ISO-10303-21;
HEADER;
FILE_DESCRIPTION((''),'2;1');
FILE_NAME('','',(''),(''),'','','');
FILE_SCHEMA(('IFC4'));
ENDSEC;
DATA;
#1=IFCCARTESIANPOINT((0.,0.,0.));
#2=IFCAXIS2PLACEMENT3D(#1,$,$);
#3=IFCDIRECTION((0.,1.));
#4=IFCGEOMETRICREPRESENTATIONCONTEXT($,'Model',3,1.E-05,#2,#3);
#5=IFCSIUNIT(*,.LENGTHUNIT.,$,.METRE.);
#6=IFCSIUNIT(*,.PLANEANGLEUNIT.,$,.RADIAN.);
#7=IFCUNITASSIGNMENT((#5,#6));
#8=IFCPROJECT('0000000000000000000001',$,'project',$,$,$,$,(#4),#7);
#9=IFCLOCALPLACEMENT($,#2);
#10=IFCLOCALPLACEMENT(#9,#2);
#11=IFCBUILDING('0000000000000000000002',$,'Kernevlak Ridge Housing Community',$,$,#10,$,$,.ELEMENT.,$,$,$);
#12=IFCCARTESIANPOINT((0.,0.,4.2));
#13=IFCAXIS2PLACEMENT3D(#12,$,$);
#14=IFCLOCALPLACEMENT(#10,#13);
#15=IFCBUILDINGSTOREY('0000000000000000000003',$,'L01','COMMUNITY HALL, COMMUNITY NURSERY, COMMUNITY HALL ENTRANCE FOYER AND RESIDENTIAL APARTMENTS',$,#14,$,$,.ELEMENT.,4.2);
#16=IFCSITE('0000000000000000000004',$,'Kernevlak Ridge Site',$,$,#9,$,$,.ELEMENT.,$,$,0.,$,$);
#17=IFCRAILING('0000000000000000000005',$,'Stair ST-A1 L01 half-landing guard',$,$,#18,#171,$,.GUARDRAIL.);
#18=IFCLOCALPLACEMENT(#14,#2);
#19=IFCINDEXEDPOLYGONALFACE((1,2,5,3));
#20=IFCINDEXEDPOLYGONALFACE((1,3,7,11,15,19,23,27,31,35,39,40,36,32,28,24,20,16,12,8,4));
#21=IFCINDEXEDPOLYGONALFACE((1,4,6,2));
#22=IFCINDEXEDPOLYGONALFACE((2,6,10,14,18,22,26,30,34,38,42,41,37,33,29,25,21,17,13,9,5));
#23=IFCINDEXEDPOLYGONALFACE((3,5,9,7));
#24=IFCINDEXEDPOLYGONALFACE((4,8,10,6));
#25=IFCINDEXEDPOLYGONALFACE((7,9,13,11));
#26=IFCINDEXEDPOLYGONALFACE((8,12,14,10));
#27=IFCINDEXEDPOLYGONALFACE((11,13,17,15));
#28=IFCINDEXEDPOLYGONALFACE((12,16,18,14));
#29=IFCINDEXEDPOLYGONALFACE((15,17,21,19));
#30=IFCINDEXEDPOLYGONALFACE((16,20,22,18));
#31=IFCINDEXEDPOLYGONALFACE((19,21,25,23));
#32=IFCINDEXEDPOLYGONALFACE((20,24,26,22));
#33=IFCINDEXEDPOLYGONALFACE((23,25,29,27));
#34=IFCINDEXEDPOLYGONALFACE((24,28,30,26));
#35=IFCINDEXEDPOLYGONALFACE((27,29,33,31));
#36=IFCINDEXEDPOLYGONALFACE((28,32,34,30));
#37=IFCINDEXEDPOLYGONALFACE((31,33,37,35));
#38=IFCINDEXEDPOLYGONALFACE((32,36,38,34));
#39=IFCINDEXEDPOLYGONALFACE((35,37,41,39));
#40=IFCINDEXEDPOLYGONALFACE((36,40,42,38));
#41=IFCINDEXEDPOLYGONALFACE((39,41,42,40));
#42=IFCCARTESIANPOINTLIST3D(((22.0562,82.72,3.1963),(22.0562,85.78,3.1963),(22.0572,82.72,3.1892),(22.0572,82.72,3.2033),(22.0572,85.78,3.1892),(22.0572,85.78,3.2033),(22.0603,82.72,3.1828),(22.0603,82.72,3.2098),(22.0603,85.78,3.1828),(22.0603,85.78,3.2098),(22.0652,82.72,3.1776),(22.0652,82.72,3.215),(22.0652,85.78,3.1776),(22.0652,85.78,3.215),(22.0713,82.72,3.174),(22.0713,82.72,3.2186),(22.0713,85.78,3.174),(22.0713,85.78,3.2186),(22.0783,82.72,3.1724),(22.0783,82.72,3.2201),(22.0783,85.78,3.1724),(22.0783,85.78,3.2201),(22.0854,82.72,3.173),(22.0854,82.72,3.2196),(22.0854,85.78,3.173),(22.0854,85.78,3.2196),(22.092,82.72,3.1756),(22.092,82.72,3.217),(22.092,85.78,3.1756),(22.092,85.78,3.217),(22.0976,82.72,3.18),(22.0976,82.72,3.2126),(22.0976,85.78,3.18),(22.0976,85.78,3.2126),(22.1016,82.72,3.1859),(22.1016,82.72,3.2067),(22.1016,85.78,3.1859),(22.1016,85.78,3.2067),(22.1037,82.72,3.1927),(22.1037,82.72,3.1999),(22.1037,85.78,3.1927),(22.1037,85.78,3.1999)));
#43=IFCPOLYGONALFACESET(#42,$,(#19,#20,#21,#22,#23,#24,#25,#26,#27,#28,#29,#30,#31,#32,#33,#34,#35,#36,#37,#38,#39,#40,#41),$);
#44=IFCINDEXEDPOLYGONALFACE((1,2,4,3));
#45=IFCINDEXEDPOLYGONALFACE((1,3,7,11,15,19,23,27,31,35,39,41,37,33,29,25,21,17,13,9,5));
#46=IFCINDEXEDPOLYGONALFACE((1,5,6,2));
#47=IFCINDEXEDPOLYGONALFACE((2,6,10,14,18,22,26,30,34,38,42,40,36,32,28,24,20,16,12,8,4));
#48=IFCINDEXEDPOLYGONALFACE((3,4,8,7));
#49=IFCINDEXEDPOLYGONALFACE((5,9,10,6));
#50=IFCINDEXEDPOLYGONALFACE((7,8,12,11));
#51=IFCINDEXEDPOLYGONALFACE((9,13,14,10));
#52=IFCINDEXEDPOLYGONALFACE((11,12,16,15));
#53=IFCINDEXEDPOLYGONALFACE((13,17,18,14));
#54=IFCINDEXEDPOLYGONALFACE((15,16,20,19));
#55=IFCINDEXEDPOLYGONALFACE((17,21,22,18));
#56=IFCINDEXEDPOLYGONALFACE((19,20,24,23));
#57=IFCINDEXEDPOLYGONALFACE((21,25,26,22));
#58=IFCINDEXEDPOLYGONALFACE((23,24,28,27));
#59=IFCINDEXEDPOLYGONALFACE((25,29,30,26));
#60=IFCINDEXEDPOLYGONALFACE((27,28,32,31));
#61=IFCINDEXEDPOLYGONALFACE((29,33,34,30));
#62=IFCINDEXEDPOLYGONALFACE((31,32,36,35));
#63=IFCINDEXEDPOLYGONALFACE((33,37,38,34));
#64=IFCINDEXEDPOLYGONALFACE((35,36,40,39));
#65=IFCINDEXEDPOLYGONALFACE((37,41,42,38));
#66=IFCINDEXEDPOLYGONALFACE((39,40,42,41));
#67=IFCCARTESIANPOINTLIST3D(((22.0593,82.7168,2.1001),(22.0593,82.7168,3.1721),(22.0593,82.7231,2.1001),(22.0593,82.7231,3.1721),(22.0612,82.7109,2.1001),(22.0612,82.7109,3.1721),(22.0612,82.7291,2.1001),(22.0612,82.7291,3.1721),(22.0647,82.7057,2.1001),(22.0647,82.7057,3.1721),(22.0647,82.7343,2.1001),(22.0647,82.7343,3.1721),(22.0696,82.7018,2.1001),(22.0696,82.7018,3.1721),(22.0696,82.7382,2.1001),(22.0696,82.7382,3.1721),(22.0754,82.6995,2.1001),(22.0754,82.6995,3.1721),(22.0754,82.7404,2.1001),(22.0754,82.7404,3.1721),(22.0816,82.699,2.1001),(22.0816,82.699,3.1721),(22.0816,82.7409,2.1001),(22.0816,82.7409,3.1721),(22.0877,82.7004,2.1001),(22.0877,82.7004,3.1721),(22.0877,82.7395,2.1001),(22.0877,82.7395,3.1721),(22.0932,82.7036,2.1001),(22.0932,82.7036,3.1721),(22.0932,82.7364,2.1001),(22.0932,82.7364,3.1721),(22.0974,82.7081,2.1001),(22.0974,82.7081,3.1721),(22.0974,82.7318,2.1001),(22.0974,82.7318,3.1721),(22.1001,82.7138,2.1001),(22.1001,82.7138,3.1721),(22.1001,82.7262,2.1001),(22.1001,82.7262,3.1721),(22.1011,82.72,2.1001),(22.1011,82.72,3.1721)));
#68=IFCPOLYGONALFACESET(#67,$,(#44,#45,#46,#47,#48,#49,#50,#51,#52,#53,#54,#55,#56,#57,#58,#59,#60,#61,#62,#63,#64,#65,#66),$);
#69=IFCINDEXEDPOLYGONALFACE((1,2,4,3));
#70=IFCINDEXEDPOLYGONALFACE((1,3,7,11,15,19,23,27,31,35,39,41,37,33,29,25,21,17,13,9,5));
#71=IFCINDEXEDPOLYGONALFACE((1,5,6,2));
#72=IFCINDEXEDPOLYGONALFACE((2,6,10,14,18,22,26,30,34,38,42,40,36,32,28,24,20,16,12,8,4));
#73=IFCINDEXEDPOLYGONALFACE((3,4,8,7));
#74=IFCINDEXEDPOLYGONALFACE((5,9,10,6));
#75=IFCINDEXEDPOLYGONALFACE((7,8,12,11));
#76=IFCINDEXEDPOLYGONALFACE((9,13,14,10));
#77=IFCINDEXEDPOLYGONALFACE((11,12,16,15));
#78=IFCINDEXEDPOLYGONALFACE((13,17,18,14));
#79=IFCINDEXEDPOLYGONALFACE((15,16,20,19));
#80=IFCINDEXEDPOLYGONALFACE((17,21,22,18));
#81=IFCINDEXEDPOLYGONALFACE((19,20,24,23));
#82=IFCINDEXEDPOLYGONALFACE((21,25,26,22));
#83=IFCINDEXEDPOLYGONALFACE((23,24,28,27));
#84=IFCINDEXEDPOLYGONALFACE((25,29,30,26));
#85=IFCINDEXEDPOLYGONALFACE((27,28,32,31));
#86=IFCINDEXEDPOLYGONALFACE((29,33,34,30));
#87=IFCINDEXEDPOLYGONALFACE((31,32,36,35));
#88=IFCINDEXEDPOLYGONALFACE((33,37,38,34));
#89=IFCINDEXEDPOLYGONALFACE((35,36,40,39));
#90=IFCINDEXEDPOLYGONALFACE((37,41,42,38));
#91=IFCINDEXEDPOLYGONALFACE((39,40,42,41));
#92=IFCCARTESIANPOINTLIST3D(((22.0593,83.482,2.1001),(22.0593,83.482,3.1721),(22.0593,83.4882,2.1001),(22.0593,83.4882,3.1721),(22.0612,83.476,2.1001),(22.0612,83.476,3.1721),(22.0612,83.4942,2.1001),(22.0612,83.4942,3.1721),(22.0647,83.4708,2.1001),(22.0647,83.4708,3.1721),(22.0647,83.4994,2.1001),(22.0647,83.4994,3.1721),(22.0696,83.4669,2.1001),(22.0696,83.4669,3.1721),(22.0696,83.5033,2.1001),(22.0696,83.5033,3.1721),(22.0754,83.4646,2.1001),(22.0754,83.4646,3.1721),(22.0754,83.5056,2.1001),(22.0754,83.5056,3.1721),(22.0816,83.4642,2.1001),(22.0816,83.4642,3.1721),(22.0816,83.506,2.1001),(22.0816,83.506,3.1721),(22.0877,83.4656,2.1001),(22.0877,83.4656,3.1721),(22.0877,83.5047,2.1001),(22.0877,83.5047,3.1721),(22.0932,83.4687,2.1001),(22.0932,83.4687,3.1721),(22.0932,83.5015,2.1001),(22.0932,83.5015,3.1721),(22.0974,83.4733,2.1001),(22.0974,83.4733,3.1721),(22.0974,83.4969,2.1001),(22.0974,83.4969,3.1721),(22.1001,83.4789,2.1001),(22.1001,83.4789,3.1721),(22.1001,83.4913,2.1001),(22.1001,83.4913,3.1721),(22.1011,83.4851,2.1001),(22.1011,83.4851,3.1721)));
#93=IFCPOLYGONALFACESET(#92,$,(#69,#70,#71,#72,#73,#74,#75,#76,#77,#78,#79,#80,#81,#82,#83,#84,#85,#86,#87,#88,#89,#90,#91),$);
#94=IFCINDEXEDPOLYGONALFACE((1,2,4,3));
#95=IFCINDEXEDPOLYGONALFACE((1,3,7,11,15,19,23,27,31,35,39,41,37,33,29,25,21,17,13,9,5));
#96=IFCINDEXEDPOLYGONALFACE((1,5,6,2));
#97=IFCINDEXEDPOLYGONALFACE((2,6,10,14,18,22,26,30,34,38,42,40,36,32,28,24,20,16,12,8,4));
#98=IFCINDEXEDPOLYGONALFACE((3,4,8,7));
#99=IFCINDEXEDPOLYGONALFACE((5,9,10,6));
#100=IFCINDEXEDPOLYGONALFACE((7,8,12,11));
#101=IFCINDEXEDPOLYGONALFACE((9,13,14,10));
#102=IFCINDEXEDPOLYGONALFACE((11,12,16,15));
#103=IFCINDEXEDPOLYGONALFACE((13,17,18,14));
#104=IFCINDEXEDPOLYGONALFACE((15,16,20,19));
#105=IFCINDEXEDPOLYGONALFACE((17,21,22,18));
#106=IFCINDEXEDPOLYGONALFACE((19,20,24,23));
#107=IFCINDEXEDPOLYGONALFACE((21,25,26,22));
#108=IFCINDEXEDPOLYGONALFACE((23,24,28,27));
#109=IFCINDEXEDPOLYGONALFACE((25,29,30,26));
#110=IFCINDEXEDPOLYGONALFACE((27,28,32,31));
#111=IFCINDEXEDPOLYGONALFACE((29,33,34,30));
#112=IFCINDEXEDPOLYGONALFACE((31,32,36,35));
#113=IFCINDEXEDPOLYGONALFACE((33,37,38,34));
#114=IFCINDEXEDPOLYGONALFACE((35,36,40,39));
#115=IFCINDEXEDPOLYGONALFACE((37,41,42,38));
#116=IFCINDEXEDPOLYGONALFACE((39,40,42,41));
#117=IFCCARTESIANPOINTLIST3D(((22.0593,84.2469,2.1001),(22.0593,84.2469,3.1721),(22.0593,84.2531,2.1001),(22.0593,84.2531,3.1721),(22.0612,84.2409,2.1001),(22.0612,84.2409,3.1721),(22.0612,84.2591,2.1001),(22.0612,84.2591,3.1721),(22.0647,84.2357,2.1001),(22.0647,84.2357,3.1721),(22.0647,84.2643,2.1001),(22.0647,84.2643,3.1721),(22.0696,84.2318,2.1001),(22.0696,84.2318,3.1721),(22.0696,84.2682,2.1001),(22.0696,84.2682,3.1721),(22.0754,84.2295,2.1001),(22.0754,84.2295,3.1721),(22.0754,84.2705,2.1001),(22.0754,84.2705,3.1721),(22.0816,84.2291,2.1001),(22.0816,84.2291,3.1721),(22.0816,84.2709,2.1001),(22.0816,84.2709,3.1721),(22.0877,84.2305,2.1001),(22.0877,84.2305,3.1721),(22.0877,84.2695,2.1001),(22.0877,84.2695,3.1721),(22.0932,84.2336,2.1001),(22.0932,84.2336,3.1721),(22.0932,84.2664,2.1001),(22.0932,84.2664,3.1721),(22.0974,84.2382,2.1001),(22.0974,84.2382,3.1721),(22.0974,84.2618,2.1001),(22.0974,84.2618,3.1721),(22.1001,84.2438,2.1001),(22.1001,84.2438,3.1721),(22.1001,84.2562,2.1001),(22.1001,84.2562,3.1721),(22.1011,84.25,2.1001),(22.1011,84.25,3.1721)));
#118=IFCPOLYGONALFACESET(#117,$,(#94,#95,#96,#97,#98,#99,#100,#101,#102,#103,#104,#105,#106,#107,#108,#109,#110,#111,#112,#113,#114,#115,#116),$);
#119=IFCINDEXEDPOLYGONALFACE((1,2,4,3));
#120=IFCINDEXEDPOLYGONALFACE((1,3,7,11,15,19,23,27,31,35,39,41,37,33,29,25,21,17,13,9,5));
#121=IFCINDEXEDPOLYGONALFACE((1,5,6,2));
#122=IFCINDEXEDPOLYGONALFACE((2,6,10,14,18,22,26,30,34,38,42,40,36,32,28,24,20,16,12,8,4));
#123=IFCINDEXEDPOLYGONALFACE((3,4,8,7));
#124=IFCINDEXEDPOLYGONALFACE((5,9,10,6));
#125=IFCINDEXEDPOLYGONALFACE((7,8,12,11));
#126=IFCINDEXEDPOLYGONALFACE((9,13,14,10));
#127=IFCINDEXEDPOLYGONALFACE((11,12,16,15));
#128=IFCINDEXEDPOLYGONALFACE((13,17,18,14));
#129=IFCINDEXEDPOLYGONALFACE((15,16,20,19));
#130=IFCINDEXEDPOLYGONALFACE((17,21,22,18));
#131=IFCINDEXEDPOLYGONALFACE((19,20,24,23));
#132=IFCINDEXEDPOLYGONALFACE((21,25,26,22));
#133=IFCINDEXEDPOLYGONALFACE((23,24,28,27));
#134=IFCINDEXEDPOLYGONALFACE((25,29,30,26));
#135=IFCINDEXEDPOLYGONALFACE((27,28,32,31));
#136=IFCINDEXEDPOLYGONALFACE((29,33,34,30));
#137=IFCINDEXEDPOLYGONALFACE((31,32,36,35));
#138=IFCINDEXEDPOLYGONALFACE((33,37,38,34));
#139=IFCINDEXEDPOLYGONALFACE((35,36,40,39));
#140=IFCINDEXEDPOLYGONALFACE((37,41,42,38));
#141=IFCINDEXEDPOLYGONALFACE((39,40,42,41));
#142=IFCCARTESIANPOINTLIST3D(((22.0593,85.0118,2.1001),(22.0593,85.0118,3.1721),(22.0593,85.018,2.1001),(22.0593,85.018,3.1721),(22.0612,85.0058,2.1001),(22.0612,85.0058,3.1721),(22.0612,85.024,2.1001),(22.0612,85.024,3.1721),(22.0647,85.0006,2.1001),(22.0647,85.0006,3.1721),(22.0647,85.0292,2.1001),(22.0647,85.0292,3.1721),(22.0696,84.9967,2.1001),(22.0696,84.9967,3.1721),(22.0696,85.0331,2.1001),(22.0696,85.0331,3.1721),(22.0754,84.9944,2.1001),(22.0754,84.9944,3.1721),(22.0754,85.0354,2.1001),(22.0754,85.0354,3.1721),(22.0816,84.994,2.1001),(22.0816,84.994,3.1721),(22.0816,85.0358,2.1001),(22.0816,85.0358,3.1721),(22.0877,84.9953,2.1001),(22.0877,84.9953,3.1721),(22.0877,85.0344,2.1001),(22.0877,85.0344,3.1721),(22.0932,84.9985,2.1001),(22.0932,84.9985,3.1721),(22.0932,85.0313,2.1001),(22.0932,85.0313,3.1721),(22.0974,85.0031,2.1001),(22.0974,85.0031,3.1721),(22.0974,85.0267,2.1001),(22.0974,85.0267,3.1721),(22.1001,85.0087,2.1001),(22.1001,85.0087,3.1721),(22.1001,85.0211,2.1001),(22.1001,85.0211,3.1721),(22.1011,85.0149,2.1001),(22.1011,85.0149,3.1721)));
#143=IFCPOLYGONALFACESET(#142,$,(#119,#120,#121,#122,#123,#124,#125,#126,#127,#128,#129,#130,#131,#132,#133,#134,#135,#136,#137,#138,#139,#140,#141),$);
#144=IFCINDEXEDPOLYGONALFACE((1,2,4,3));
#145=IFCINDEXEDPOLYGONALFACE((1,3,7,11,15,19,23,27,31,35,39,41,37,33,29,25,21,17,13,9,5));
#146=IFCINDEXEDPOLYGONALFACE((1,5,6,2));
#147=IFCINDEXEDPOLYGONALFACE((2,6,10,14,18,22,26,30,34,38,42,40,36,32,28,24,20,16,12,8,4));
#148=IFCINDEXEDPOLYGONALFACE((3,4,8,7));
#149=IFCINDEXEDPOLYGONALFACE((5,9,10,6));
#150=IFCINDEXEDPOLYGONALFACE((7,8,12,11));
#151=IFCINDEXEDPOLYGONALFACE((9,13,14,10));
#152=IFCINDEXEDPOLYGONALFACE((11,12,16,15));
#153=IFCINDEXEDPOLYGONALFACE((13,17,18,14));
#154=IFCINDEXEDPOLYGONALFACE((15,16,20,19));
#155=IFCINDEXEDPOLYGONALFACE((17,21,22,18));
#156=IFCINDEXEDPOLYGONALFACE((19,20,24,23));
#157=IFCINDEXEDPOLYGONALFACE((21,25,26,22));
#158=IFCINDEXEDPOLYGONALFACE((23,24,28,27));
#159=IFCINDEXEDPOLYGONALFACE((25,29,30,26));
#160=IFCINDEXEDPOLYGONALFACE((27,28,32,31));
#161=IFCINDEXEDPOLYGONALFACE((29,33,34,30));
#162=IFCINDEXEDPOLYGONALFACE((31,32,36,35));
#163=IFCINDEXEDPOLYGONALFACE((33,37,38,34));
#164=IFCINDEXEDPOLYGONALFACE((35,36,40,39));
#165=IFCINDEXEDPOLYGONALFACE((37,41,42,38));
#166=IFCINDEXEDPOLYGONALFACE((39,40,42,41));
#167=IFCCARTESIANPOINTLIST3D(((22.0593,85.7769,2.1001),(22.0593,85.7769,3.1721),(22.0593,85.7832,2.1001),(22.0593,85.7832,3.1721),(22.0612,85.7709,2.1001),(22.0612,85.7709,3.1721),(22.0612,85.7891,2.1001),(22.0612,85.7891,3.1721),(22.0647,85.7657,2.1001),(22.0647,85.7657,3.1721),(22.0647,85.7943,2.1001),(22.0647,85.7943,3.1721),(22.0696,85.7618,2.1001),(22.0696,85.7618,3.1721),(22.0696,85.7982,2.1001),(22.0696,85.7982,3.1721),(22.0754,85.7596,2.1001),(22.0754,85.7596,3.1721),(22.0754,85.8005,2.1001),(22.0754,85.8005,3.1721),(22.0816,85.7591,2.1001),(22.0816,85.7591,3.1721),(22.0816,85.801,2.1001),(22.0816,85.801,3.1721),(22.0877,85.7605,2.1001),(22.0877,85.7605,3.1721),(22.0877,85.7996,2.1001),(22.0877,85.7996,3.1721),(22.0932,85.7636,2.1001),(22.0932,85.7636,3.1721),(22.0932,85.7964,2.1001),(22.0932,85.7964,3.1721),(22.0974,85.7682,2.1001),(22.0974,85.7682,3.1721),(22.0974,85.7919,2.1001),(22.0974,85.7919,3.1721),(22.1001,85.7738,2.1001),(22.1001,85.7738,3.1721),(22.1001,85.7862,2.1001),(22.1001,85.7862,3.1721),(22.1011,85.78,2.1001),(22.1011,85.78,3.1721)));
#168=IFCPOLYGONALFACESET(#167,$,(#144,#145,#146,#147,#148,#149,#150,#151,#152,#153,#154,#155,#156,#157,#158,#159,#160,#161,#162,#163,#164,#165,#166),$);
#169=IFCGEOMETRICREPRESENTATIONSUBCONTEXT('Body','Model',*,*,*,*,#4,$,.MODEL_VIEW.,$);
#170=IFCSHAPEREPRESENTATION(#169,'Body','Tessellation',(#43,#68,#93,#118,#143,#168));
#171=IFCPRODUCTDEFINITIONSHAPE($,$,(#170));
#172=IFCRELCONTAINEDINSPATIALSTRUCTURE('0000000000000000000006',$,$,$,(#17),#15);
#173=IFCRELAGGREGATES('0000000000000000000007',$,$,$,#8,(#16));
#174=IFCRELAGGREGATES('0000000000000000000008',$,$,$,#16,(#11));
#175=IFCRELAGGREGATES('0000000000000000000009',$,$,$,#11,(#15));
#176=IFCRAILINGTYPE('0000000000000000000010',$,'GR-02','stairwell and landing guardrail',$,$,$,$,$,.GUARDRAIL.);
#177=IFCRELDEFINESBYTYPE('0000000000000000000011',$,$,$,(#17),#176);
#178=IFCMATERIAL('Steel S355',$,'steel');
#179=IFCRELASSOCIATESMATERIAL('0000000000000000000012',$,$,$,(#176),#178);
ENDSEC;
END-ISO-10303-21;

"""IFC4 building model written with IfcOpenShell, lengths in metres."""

from ifc_helpers import new_model, si_unit, direction, frame, origin, origin_2d, place, context, subcontext, project, spatial, circle, extrude, material, type_object, element, save


model = new_model("IFC4")

# Units and contexts
model_context = context("Model", 3, precision=1e-05, world=origin(), true_north=direction((0.0, 1.0)))
body_context = subcontext(model_context, "Body", "Model", "MODEL_VIEW")
ifc_project = project(units=[si_unit("LENGTHUNIT", "METRE"), si_unit("PLANEANGLEUNIT", "RADIAN")], contexts=[model_context])

# Site, building, storey
site_placement = place(None, origin())
site = spatial("IfcSite", under=ifc_project, at=site_placement, Name="Kernevlak Ridge Site", CompositionType="ELEMENT", RefElevation=0.0)
building_placement = place(site_placement, origin())
building = spatial("IfcBuilding", under=site, at=building_placement, Name="Kernevlak Ridge Housing Community", CompositionType="ELEMENT")
storey_placement = place(building_placement, frame((0.0, 0.0, 4.2)))
storey = spatial("IfcBuildingStorey", under=building, at=storey_placement, Name="L01", Description="COMMUNITY HALL, COMMUNITY NURSERY, COMMUNITY HALL ENTRANCE FOYER AND RESIDENTIAL APARTMENTS", CompositionType="ELEMENT", Elevation=4.2)

# Railing
ifc_material_1 = material(Name="Steel S355", Category="steel")
railing_type_1 = type_object("IfcRailingType", Name="GR-02", Description="stairwell and landing guardrail", PredefinedType="GUARDRAIL", material=ifc_material_1)
railing_1_placement = place(storey_placement, frame((22.0801, 82.72, 2.1001)))
element("IfcRailing", 1, at=railing_1_placement, inside=storey, type_object=railing_type_1, Name="Stair ST-A1 L01 half-landing guard", PredefinedType="GUARDRAIL", context=body_context, shape_type="SweptSolid", body=[
    extrude(circle(Radius=0.0239, at=origin_2d()), frame((0.0, 0.0, 1.0962), z_axis=(0.0, 1.0, 0.0), x_axis=(-1.0, 0.0, 0.0)), (0.0, 0.0, 1.0), 3.0601),
    extrude(circle(Radius=0.021, at=origin_2d()), origin(), (0.0, 0.0, 1.0), 1.072),
    extrude(circle(Radius=0.021, at=origin_2d()), frame((0.0, 0.7651, 0.0)), (0.0, 0.0, 1.0), 1.072),
    extrude(circle(Radius=0.021, at=origin_2d()), frame((0.0, 1.53, 0.0)), (0.0, 0.0, 1.0), 1.072),
    extrude(circle(Radius=0.021, at=origin_2d()), frame((0.0, 2.2949, 0.0)), (0.0, 0.0, 1.0), 1.072),
    extrude(circle(Radius=0.021, at=origin_2d()), frame((0.0, 3.0601, 0.0)), (0.0, 0.0, 1.0), 1.072),
])

save(model, "model.ifc")
